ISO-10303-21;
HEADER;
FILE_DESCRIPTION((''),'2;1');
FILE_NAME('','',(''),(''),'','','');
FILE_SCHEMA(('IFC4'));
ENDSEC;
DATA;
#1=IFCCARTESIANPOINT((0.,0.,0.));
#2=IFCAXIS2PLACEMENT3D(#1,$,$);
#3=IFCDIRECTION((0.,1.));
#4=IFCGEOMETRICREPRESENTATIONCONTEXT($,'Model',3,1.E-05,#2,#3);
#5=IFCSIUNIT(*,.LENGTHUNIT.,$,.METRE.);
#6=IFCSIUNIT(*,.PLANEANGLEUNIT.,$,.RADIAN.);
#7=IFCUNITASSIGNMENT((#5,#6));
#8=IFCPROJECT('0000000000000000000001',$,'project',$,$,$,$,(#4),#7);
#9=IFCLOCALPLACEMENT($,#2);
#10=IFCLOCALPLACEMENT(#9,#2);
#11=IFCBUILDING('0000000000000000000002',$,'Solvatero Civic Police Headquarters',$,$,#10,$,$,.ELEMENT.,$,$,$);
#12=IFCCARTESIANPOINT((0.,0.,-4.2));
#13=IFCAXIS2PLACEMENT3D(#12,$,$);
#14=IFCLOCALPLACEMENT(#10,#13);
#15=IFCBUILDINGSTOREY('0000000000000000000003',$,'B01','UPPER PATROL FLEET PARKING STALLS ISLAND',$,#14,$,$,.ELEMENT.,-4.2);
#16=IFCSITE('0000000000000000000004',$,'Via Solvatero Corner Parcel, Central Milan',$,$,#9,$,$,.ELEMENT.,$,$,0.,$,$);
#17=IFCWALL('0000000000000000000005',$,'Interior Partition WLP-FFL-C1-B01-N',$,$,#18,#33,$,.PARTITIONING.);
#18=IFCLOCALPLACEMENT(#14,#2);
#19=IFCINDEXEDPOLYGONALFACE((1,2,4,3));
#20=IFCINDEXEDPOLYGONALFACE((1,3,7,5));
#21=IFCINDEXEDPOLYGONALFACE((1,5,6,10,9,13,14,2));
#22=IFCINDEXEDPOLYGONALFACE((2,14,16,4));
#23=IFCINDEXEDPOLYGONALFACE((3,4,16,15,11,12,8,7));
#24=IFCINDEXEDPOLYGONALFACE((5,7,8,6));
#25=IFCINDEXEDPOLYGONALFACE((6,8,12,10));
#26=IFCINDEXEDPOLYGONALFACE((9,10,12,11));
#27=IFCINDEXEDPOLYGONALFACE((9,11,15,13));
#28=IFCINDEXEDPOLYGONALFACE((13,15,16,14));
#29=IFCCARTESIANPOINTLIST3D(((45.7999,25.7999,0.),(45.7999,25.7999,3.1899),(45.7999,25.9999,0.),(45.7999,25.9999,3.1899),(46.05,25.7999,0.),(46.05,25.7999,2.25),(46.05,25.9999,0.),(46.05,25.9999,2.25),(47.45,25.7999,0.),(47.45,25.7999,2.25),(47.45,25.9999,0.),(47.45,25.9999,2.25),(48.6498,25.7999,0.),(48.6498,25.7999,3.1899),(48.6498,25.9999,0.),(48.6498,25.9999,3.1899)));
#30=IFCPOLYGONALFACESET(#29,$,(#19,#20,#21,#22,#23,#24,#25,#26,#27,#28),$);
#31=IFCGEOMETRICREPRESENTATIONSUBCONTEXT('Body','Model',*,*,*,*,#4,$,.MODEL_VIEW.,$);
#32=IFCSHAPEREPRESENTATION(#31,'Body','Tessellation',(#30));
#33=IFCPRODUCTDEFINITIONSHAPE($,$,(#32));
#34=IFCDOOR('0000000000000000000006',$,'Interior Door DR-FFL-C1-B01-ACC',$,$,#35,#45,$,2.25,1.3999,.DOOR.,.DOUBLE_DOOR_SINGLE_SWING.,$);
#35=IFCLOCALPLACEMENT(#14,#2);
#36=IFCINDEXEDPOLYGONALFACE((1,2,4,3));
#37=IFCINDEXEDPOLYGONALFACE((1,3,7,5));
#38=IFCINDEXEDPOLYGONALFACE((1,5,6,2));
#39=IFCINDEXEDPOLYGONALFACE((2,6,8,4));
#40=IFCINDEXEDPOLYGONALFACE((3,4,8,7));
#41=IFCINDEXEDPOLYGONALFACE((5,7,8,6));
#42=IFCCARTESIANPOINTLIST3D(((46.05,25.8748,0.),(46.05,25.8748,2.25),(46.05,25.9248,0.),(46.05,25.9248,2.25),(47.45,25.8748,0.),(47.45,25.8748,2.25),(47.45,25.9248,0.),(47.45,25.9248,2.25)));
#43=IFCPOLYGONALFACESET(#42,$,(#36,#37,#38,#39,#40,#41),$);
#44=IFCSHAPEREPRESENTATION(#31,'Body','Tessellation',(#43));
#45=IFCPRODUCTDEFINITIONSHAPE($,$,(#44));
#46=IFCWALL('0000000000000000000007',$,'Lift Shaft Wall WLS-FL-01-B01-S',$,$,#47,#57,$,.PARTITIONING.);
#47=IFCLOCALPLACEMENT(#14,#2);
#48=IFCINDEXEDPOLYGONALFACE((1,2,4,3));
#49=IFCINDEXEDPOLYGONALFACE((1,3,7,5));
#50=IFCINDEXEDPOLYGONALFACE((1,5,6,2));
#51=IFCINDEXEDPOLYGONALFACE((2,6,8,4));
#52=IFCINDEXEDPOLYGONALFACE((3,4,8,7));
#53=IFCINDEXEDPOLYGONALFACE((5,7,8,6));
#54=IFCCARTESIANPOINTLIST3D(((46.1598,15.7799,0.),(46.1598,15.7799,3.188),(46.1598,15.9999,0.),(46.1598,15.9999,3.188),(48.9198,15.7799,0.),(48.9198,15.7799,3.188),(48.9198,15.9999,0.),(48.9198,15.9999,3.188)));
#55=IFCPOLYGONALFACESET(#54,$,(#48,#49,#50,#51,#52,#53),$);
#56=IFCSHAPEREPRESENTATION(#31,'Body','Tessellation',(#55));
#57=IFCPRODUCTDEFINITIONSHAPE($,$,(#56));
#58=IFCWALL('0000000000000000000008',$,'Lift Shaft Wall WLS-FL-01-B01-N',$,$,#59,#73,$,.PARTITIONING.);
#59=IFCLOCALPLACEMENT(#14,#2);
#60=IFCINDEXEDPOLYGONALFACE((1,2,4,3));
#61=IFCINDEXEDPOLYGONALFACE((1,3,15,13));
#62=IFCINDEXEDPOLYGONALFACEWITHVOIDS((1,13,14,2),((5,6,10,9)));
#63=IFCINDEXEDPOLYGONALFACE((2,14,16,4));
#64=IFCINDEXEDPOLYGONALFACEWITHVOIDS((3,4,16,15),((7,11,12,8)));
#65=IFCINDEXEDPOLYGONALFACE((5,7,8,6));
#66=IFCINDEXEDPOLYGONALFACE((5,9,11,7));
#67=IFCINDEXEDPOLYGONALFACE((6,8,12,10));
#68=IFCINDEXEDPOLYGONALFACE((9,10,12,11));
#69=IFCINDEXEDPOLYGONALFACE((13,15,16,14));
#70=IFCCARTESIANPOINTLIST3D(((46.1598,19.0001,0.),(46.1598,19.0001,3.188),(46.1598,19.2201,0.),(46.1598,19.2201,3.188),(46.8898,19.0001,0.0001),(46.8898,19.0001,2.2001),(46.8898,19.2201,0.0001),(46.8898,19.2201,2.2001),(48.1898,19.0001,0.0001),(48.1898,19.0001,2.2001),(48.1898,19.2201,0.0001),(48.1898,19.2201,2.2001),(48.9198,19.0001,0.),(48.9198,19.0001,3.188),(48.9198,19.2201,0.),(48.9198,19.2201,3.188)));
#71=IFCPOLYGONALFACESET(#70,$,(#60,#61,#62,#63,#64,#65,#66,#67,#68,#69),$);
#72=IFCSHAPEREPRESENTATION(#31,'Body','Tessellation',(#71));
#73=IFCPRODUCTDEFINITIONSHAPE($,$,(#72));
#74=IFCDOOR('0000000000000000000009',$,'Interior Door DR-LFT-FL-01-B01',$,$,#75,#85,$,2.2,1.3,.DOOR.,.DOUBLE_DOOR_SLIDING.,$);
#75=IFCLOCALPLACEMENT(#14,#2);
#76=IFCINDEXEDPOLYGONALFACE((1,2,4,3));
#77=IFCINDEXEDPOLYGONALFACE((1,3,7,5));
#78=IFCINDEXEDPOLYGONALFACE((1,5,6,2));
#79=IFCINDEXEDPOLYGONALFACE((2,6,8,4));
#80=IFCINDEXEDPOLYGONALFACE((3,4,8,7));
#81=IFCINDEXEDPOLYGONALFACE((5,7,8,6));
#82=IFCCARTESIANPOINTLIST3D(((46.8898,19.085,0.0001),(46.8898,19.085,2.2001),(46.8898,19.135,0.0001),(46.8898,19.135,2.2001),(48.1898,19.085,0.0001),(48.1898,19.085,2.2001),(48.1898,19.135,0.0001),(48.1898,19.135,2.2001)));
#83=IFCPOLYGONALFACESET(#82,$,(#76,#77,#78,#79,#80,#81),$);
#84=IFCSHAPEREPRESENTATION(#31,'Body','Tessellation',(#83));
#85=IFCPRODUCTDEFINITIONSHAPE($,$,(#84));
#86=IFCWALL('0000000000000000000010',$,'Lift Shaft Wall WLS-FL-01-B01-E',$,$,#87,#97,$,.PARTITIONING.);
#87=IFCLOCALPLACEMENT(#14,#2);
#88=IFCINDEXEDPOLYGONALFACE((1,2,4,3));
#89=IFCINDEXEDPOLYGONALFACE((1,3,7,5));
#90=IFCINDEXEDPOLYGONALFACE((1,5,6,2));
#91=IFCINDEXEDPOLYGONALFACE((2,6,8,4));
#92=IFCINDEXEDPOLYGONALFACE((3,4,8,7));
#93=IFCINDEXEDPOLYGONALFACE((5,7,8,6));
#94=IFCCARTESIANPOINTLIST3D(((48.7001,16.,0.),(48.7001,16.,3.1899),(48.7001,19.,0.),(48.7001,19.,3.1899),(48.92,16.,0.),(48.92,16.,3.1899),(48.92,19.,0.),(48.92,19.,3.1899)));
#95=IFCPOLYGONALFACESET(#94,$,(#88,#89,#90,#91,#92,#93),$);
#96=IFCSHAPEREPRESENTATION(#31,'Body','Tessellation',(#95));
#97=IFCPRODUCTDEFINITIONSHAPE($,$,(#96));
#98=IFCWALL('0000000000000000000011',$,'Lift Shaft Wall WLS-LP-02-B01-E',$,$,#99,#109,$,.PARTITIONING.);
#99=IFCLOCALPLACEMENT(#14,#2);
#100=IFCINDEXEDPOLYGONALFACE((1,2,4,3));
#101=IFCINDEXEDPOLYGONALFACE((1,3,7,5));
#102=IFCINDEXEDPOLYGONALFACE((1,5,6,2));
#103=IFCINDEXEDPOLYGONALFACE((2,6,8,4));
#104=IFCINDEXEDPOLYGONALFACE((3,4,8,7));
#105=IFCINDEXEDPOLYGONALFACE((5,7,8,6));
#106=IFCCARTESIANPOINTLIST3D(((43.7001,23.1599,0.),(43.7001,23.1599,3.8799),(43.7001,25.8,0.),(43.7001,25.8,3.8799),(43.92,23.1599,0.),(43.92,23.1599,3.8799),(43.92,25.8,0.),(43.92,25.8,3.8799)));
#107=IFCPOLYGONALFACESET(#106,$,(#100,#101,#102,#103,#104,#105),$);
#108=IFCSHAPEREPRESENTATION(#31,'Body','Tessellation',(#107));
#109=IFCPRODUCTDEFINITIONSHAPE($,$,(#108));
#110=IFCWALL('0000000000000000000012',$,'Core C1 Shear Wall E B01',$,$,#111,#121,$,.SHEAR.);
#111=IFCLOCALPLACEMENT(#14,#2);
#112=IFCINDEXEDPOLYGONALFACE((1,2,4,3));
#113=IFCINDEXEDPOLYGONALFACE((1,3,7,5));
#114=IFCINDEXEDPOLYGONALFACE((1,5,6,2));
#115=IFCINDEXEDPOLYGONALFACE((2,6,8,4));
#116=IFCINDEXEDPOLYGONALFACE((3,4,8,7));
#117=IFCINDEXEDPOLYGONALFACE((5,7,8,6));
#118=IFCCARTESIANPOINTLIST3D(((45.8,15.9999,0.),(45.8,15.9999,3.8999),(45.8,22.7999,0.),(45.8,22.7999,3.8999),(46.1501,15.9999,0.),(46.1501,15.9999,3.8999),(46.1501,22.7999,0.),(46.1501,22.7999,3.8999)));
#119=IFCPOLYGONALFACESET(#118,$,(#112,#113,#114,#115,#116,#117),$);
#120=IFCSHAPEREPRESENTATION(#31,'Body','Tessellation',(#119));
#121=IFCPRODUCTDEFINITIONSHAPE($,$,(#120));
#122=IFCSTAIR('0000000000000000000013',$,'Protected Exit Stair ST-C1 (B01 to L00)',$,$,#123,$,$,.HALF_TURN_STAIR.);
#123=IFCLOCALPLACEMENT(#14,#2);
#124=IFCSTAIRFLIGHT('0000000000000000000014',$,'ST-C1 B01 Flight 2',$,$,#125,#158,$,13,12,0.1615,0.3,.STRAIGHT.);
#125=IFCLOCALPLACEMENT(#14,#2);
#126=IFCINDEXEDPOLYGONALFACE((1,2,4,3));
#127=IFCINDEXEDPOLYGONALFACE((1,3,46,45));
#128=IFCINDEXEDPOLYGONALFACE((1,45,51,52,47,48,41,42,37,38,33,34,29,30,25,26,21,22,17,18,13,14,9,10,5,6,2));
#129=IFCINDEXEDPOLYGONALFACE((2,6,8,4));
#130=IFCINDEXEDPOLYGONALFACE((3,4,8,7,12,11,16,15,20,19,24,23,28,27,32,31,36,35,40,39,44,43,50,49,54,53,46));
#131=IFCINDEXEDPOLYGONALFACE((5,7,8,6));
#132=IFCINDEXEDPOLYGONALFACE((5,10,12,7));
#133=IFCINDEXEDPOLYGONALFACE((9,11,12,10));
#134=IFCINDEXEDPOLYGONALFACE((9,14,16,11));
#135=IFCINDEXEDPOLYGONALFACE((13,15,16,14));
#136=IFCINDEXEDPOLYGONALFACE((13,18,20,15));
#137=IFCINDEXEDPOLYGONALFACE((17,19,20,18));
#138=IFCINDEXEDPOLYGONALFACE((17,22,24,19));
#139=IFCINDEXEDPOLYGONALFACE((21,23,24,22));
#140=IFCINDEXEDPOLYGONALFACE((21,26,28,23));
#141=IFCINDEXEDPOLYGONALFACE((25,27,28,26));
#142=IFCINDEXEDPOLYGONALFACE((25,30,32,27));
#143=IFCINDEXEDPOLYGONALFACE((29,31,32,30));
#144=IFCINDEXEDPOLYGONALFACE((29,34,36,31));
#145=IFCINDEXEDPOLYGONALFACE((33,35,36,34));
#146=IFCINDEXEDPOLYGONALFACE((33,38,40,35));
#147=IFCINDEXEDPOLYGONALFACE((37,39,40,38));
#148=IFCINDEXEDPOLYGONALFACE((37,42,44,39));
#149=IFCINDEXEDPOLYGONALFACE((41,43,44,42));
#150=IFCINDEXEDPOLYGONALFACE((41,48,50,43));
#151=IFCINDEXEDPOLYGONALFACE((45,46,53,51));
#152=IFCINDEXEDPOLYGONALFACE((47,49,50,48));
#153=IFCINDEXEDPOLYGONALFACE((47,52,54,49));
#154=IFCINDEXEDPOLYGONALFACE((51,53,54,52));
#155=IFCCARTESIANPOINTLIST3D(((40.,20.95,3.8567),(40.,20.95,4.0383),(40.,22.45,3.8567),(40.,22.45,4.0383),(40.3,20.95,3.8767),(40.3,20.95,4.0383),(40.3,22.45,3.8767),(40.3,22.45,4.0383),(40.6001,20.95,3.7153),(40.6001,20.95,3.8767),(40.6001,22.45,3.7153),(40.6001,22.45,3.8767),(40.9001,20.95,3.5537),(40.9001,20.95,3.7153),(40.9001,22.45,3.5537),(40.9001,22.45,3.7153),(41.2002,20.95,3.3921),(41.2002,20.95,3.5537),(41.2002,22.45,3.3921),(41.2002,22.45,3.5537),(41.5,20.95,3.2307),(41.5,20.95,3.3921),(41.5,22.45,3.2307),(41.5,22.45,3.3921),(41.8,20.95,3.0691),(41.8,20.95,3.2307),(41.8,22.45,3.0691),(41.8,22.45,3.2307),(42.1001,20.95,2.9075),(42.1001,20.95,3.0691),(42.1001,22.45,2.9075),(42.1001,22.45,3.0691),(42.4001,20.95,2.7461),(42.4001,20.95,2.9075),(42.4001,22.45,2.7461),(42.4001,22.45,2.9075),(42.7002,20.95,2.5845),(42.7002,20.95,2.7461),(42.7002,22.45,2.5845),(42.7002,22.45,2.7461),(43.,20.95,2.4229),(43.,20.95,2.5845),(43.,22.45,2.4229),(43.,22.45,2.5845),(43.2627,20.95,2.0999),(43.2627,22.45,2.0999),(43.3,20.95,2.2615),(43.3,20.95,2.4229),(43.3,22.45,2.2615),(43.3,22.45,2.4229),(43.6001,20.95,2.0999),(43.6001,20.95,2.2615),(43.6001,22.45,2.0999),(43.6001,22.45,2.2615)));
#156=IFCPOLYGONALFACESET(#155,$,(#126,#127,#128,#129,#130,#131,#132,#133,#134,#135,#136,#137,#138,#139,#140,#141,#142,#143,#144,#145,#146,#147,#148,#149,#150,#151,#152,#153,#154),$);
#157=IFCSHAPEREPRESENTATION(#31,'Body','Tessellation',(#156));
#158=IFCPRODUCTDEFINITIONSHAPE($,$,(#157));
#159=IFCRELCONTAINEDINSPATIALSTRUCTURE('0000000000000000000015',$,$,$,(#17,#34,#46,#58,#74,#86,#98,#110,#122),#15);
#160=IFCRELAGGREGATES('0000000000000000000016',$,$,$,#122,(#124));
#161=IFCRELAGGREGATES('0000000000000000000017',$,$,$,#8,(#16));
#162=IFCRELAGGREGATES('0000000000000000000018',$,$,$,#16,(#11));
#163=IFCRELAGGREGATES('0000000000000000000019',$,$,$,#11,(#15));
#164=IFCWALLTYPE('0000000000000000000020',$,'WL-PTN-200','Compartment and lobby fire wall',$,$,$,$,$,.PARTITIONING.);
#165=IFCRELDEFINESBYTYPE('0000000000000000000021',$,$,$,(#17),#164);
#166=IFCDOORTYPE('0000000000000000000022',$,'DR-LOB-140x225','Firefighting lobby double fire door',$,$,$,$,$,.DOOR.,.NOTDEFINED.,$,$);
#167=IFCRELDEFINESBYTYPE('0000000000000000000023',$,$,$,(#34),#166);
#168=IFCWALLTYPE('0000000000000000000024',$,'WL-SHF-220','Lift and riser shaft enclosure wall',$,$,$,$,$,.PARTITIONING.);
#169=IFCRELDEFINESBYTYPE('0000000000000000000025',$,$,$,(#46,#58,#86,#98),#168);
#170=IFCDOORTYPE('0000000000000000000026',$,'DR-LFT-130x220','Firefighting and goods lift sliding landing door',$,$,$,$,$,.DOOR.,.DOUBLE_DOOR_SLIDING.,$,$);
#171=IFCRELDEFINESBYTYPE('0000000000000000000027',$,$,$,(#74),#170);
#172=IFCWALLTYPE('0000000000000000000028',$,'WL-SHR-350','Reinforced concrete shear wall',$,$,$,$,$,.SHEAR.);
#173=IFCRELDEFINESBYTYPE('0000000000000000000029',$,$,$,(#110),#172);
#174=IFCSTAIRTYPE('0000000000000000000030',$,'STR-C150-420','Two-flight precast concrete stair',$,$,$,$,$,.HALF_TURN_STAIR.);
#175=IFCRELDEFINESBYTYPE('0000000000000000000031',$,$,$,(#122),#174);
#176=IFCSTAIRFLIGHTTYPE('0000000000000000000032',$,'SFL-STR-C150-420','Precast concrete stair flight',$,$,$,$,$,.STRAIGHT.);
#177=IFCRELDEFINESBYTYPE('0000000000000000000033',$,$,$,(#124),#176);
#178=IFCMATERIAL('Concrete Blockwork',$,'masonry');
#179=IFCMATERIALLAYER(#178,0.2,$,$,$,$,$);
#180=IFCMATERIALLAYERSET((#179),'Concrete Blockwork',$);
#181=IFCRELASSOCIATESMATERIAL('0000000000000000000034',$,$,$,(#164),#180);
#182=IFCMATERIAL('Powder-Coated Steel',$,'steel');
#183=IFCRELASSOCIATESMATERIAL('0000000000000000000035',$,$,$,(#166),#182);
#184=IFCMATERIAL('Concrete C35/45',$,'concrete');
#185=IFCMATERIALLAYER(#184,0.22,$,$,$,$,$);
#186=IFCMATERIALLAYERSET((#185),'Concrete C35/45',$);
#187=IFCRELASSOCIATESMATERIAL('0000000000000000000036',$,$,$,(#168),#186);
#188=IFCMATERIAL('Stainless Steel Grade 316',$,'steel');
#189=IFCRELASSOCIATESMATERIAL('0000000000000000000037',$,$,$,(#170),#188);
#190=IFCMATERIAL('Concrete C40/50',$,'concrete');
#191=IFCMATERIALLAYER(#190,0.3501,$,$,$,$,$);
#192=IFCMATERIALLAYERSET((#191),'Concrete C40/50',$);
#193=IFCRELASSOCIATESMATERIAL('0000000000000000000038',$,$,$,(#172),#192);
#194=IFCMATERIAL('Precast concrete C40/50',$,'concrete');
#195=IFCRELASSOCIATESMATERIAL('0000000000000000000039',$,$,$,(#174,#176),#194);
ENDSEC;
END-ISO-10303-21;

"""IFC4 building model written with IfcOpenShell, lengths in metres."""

from ifc_helpers import new_model, si_unit, direction, frame, frame_2d, origin, place, context, subcontext, project, spatial, polyline, rectangle, outline, extrude, material, layer, layer_set, type_object, element, fill, aggregate, save


model = new_model("IFC4")

# Units and contexts
model_context = context("Model", 3, precision=1e-05, world=origin(), true_north=direction((0.0, 1.0)))
body_context = subcontext(model_context, "Body", "Model", "MODEL_VIEW")
ifc_project = project(units=[si_unit("LENGTHUNIT", "METRE"), si_unit("PLANEANGLEUNIT", "RADIAN")], contexts=[model_context])

# Site, building, storey
site_placement = place(None, origin())
site = spatial("IfcSite", under=ifc_project, at=site_placement, Name="Via Solvatero Corner Parcel, Central Milan", CompositionType="ELEMENT", RefElevation=0.0)
building_placement = place(site_placement, origin())
building = spatial("IfcBuilding", under=site, at=building_placement, Name="Solvatero Civic Police Headquarters", CompositionType="ELEMENT")
storey_placement = place(building_placement, frame((0.0, 0.0, -4.2)))
storey = spatial("IfcBuildingStorey", under=building, at=storey_placement, Name="B01", Description="UPPER PATROL FLEET PARKING STALLS ISLAND", CompositionType="ELEMENT", Elevation=-4.2)

# Shared definitions
ifc_material_1 = material(Name="Concrete C40/50", Category="concrete")

# Wall, opening, door
ifc_material_2 = material(Name="Concrete Blockwork", Category="masonry")
ifc_layer_1 = layer(ifc_material_2, 0.2)
ifc_layer_set_1 = layer_set([ifc_layer_1], Name="Concrete Blockwork")
wall_type_1 = type_object("IfcWallType", Name="WL-PTN-200", Description="Compartment and lobby fire wall", PredefinedType="PARTITIONING", material=ifc_layer_set_1)
ifc_material_3 = material(Name="Powder-Coated Steel", Category="steel")
wall_1_placement = place(storey_placement, frame((45.8, 25.8999, 0.0), z_axis=(0.0, 0.0, 1.0), x_axis=(1.0, 0.0, 0.0)))
wall_1 = element("IfcWall", 1, at=wall_1_placement, inside=storey, type_object=wall_type_1, Name="Interior Partition WLP-FFL-C1-B01-N", PredefinedType="PARTITIONING", context=body_context, shape_type="SweptSolid", body=[
    extrude(rectangle(XDim=2.8499, YDim=0.2, at=frame_2d((1.4248, 0.0))), origin(), (0.0, 0.0, 1.0), 3.1899),
])
opening_1_placement = place(wall_1_placement, frame((0.25, 0.0, 0.0)))
opening_1 = element("IfcOpeningElement", 2, at=opening_1_placement, cuts=wall_1, PredefinedType="OPENING", context=body_context, shape_type="SweptSolid", body=[
    extrude(rectangle(XDim=1.3999, YDim=2.25, at=frame_2d((0.7, 1.125))), frame((0.0, 0.1099, 0.0), z_axis=(0.0, -1.0, 0.0), x_axis=(1.0, 0.0, 0.0)), (0.0, 0.0, 1.0), 0.22),
])
door_type_1 = type_object("IfcDoorType", Name="DR-LOB-140x225", Description="Firefighting lobby double fire door", OperationType="NOTDEFINED", PredefinedType="DOOR", material=ifc_material_3)
door_1_placement = place(opening_1_placement, origin())
door_1 = element("IfcDoor", 3, at=door_1_placement, inside=storey, type_object=door_type_1, Name="Interior Door DR-FFL-C1-B01-ACC", OperationType="DOUBLE_DOOR_SINGLE_SWING", OverallHeight=2.25, OverallWidth=1.3999, PredefinedType="DOOR", context=body_context, shape_type="SweptSolid", body=[
    extrude(rectangle(XDim=1.3999, YDim=2.25, at=frame_2d((0.7, 1.125))), frame((0.0, 0.0249, 0.0), z_axis=(0.0, -1.0, 0.0), x_axis=(1.0, 0.0, 0.0)), (0.0, 0.0, 1.0), 0.05),
])
fill(opening_1, door_1)

# Wall
ifc_material_4 = material(Name="Concrete C35/45", Category="concrete")
ifc_layer_2 = layer(ifc_material_4, 0.22)
ifc_layer_set_2 = layer_set([ifc_layer_2], Name="Concrete C35/45")
wall_type_2 = type_object("IfcWallType", Name="WL-SHF-220", Description="Lift and riser shaft enclosure wall", PredefinedType="PARTITIONING", material=ifc_layer_set_2)
wall_2_placement = place(storey_placement, frame((46.1599, 15.8899, 0.0), z_axis=(0.0, 0.0, 1.0), x_axis=(1.0, 0.0, 0.0)))
element("IfcWall", 4, at=wall_2_placement, inside=storey, type_object=wall_type_2, Name="Lift Shaft Wall WLS-FL-01-B01-S", PredefinedType="PARTITIONING", context=body_context, shape_type="SweptSolid", body=[
    extrude(rectangle(XDim=2.76, YDim=0.22, at=frame_2d((1.3799, 0.0))), origin(), (0.0, 0.0, 1.0), 3.188),
])

# Wall, opening, door
wall_3_placement = place(storey_placement, frame((46.1599, 19.1101, 0.0), z_axis=(0.0, 0.0, 1.0), x_axis=(1.0, 0.0, 0.0)))
wall_3 = element("IfcWall", 5, at=wall_3_placement, inside=storey, type_object=wall_type_2, Name="Lift Shaft Wall WLS-FL-01-B01-N", PredefinedType="PARTITIONING", context=body_context, shape_type="SweptSolid", body=[
    extrude(rectangle(XDim=2.76, YDim=0.22, at=frame_2d((1.3799, 0.0))), origin(), (0.0, 0.0, 1.0), 3.188),
])
opening_2_placement = place(wall_3_placement, frame((0.73, 0.0, 0.0)))
opening_2 = element("IfcOpeningElement", 6, at=opening_2_placement, cuts=wall_3, PredefinedType="OPENING", context=body_context, shape_type="SweptSolid", body=[
    extrude(rectangle(XDim=1.3, YDim=2.2, at=frame_2d((0.6499, 1.1001))), frame((0.0, 0.1199, 0.0), z_axis=(0.0, -1.0, 0.0), x_axis=(1.0, 0.0, 0.0)), (0.0, 0.0, 1.0), 0.24),
])
ifc_material_5 = material(Name="Stainless Steel Grade 316", Category="steel")
door_type_2 = type_object("IfcDoorType", Name="DR-LFT-130x220", Description="Firefighting and goods lift sliding landing door", OperationType="DOUBLE_DOOR_SLIDING", PredefinedType="DOOR", material=ifc_material_5)
door_2_placement = place(opening_2_placement, origin())
door_2 = element("IfcDoor", 7, at=door_2_placement, inside=storey, type_object=door_type_2, Name="Interior Door DR-LFT-FL-01-B01", OperationType="DOUBLE_DOOR_SLIDING", OverallHeight=2.2, OverallWidth=1.3, PredefinedType="DOOR", context=body_context, shape_type="SweptSolid", body=[
    extrude(rectangle(XDim=1.3, YDim=2.2, at=frame_2d((0.6499, 1.1001))), frame((0.0, 0.0249, 0.0), z_axis=(0.0, -1.0, 0.0), x_axis=(1.0, 0.0, 0.0)), (0.0, 0.0, 1.0), 0.05),
])
fill(opening_2, door_2)

# Walls
wall_4_placement = place(storey_placement, frame((48.8101, 16.0, 0.0), z_axis=(0.0, 0.0, 1.0), x_axis=(0.0, 1.0, 0.0)))
element("IfcWall", 8, at=wall_4_placement, inside=storey, type_object=wall_type_2, Name="Lift Shaft Wall WLS-FL-01-B01-E", PredefinedType="PARTITIONING", context=body_context, shape_type="SweptSolid", body=[
    extrude(rectangle(XDim=3.0, YDim=0.22, at=frame_2d((1.5, 0.0))), origin(), (0.0, 0.0, 1.0), 3.1899),
])
wall_5_placement = place(storey_placement, frame((43.8101, 23.1599, 0.0), z_axis=(0.0, 0.0, 1.0), x_axis=(0.0, 1.0, 0.0)))
element("IfcWall", 9, at=wall_5_placement, inside=storey, type_object=wall_type_2, Name="Lift Shaft Wall WLS-LP-02-B01-E", PredefinedType="PARTITIONING", context=body_context, shape_type="SweptSolid", body=[
    extrude(rectangle(XDim=2.6401, YDim=0.22, at=frame_2d((1.3201, 0.0))), origin(), (0.0, 0.0, 1.0), 3.8799),
])
ifc_layer_3 = layer(ifc_material_1, 0.3501)
ifc_layer_set_3 = layer_set([ifc_layer_3], Name="Concrete C40/50")
wall_type_3 = type_object("IfcWallType", Name="WL-SHR-350", Description="Reinforced concrete shear wall", PredefinedType="SHEAR", material=ifc_layer_set_3)
wall_6_placement = place(storey_placement, frame((45.9751, 16.0, 0.0), z_axis=(0.0, 0.0, 1.0), x_axis=(0.0, 1.0, 0.0)))
element("IfcWall", 10, at=wall_6_placement, inside=storey, type_object=wall_type_3, Name="Core C1 Shear Wall E B01", PredefinedType="SHEAR", context=body_context, shape_type="SweptSolid", body=[
    extrude(rectangle(XDim=6.8, YDim=0.3501, at=frame_2d((3.3999, 0.0))), origin(), (0.0, 0.0, 1.0), 3.8999),
])

# Stair, stair flight
ifc_material_6 = material(Name="Precast concrete C40/50", Category="concrete")
stair_type = type_object("IfcStairType", Name="STR-C150-420", Description="Two-flight precast concrete stair", PredefinedType="HALF_TURN_STAIR", material=ifc_material_6)
stair_placement = place(storey_placement, origin())
stair = element("IfcStair", 11, at=stair_placement, inside=storey, type_object=stair_type, Name="Protected Exit Stair ST-C1 (B01 to L00)", PredefinedType="HALF_TURN_STAIR")
stair_flight_type = type_object("IfcStairFlightType", Name="SFL-STR-C150-420", Description="Precast concrete stair flight", PredefinedType="STRAIGHT", material=ifc_material_6)
stair_flight_placement = place(storey_placement, frame((43.6001, 21.7, 2.0999), z_axis=(0.0, 0.0, 1.0), x_axis=(-1.0, 0.0, 0.0)))
stair_flight = element("IfcStairFlight", 12, at=stair_flight_placement, type_object=stair_flight_type, Name="ST-C1 B01 Flight 2", NumberOfRisers=13, NumberOfTreads=12, PredefinedType="STRAIGHT", RiserHeight=0.1615, TreadLength=0.3, context=body_context, shape_type="SweptSolid", body=[
    extrude(outline(polyline([(0.0, 0.0), (0.0, 0.1616), (0.3, 0.1616), (0.3, 0.323), (0.6001, 0.323), (0.6001, 0.4846), (0.8999, 0.4846), (0.8999, 0.6462), (1.2, 0.6462), (1.2, 0.8076), (1.5, 0.8076), (1.5, 0.9692), (1.8, 0.9692), (1.8, 1.1309), (2.1001, 1.1309), (2.1001, 1.2922), (2.3999, 1.2922), (2.3999, 1.4539), (2.7, 1.4539), (2.7, 1.6155), (3.0, 1.6155), (3.0, 1.7769), (3.3, 1.7769), (3.3, 1.9385), (3.6001, 1.9385), (3.6001, 2.1001), (3.6001, 1.7568), (0.3374, 0.0), (0.0, 0.0)])), frame((0.0, 0.75, 0.0), z_axis=(0.0, -1.0, 0.0), x_axis=(1.0, 0.0, 0.0)), (0.0, 0.0, 1.0), 1.5),
])
aggregate(stair, [stair_flight])

save(model, "model.ifc")
